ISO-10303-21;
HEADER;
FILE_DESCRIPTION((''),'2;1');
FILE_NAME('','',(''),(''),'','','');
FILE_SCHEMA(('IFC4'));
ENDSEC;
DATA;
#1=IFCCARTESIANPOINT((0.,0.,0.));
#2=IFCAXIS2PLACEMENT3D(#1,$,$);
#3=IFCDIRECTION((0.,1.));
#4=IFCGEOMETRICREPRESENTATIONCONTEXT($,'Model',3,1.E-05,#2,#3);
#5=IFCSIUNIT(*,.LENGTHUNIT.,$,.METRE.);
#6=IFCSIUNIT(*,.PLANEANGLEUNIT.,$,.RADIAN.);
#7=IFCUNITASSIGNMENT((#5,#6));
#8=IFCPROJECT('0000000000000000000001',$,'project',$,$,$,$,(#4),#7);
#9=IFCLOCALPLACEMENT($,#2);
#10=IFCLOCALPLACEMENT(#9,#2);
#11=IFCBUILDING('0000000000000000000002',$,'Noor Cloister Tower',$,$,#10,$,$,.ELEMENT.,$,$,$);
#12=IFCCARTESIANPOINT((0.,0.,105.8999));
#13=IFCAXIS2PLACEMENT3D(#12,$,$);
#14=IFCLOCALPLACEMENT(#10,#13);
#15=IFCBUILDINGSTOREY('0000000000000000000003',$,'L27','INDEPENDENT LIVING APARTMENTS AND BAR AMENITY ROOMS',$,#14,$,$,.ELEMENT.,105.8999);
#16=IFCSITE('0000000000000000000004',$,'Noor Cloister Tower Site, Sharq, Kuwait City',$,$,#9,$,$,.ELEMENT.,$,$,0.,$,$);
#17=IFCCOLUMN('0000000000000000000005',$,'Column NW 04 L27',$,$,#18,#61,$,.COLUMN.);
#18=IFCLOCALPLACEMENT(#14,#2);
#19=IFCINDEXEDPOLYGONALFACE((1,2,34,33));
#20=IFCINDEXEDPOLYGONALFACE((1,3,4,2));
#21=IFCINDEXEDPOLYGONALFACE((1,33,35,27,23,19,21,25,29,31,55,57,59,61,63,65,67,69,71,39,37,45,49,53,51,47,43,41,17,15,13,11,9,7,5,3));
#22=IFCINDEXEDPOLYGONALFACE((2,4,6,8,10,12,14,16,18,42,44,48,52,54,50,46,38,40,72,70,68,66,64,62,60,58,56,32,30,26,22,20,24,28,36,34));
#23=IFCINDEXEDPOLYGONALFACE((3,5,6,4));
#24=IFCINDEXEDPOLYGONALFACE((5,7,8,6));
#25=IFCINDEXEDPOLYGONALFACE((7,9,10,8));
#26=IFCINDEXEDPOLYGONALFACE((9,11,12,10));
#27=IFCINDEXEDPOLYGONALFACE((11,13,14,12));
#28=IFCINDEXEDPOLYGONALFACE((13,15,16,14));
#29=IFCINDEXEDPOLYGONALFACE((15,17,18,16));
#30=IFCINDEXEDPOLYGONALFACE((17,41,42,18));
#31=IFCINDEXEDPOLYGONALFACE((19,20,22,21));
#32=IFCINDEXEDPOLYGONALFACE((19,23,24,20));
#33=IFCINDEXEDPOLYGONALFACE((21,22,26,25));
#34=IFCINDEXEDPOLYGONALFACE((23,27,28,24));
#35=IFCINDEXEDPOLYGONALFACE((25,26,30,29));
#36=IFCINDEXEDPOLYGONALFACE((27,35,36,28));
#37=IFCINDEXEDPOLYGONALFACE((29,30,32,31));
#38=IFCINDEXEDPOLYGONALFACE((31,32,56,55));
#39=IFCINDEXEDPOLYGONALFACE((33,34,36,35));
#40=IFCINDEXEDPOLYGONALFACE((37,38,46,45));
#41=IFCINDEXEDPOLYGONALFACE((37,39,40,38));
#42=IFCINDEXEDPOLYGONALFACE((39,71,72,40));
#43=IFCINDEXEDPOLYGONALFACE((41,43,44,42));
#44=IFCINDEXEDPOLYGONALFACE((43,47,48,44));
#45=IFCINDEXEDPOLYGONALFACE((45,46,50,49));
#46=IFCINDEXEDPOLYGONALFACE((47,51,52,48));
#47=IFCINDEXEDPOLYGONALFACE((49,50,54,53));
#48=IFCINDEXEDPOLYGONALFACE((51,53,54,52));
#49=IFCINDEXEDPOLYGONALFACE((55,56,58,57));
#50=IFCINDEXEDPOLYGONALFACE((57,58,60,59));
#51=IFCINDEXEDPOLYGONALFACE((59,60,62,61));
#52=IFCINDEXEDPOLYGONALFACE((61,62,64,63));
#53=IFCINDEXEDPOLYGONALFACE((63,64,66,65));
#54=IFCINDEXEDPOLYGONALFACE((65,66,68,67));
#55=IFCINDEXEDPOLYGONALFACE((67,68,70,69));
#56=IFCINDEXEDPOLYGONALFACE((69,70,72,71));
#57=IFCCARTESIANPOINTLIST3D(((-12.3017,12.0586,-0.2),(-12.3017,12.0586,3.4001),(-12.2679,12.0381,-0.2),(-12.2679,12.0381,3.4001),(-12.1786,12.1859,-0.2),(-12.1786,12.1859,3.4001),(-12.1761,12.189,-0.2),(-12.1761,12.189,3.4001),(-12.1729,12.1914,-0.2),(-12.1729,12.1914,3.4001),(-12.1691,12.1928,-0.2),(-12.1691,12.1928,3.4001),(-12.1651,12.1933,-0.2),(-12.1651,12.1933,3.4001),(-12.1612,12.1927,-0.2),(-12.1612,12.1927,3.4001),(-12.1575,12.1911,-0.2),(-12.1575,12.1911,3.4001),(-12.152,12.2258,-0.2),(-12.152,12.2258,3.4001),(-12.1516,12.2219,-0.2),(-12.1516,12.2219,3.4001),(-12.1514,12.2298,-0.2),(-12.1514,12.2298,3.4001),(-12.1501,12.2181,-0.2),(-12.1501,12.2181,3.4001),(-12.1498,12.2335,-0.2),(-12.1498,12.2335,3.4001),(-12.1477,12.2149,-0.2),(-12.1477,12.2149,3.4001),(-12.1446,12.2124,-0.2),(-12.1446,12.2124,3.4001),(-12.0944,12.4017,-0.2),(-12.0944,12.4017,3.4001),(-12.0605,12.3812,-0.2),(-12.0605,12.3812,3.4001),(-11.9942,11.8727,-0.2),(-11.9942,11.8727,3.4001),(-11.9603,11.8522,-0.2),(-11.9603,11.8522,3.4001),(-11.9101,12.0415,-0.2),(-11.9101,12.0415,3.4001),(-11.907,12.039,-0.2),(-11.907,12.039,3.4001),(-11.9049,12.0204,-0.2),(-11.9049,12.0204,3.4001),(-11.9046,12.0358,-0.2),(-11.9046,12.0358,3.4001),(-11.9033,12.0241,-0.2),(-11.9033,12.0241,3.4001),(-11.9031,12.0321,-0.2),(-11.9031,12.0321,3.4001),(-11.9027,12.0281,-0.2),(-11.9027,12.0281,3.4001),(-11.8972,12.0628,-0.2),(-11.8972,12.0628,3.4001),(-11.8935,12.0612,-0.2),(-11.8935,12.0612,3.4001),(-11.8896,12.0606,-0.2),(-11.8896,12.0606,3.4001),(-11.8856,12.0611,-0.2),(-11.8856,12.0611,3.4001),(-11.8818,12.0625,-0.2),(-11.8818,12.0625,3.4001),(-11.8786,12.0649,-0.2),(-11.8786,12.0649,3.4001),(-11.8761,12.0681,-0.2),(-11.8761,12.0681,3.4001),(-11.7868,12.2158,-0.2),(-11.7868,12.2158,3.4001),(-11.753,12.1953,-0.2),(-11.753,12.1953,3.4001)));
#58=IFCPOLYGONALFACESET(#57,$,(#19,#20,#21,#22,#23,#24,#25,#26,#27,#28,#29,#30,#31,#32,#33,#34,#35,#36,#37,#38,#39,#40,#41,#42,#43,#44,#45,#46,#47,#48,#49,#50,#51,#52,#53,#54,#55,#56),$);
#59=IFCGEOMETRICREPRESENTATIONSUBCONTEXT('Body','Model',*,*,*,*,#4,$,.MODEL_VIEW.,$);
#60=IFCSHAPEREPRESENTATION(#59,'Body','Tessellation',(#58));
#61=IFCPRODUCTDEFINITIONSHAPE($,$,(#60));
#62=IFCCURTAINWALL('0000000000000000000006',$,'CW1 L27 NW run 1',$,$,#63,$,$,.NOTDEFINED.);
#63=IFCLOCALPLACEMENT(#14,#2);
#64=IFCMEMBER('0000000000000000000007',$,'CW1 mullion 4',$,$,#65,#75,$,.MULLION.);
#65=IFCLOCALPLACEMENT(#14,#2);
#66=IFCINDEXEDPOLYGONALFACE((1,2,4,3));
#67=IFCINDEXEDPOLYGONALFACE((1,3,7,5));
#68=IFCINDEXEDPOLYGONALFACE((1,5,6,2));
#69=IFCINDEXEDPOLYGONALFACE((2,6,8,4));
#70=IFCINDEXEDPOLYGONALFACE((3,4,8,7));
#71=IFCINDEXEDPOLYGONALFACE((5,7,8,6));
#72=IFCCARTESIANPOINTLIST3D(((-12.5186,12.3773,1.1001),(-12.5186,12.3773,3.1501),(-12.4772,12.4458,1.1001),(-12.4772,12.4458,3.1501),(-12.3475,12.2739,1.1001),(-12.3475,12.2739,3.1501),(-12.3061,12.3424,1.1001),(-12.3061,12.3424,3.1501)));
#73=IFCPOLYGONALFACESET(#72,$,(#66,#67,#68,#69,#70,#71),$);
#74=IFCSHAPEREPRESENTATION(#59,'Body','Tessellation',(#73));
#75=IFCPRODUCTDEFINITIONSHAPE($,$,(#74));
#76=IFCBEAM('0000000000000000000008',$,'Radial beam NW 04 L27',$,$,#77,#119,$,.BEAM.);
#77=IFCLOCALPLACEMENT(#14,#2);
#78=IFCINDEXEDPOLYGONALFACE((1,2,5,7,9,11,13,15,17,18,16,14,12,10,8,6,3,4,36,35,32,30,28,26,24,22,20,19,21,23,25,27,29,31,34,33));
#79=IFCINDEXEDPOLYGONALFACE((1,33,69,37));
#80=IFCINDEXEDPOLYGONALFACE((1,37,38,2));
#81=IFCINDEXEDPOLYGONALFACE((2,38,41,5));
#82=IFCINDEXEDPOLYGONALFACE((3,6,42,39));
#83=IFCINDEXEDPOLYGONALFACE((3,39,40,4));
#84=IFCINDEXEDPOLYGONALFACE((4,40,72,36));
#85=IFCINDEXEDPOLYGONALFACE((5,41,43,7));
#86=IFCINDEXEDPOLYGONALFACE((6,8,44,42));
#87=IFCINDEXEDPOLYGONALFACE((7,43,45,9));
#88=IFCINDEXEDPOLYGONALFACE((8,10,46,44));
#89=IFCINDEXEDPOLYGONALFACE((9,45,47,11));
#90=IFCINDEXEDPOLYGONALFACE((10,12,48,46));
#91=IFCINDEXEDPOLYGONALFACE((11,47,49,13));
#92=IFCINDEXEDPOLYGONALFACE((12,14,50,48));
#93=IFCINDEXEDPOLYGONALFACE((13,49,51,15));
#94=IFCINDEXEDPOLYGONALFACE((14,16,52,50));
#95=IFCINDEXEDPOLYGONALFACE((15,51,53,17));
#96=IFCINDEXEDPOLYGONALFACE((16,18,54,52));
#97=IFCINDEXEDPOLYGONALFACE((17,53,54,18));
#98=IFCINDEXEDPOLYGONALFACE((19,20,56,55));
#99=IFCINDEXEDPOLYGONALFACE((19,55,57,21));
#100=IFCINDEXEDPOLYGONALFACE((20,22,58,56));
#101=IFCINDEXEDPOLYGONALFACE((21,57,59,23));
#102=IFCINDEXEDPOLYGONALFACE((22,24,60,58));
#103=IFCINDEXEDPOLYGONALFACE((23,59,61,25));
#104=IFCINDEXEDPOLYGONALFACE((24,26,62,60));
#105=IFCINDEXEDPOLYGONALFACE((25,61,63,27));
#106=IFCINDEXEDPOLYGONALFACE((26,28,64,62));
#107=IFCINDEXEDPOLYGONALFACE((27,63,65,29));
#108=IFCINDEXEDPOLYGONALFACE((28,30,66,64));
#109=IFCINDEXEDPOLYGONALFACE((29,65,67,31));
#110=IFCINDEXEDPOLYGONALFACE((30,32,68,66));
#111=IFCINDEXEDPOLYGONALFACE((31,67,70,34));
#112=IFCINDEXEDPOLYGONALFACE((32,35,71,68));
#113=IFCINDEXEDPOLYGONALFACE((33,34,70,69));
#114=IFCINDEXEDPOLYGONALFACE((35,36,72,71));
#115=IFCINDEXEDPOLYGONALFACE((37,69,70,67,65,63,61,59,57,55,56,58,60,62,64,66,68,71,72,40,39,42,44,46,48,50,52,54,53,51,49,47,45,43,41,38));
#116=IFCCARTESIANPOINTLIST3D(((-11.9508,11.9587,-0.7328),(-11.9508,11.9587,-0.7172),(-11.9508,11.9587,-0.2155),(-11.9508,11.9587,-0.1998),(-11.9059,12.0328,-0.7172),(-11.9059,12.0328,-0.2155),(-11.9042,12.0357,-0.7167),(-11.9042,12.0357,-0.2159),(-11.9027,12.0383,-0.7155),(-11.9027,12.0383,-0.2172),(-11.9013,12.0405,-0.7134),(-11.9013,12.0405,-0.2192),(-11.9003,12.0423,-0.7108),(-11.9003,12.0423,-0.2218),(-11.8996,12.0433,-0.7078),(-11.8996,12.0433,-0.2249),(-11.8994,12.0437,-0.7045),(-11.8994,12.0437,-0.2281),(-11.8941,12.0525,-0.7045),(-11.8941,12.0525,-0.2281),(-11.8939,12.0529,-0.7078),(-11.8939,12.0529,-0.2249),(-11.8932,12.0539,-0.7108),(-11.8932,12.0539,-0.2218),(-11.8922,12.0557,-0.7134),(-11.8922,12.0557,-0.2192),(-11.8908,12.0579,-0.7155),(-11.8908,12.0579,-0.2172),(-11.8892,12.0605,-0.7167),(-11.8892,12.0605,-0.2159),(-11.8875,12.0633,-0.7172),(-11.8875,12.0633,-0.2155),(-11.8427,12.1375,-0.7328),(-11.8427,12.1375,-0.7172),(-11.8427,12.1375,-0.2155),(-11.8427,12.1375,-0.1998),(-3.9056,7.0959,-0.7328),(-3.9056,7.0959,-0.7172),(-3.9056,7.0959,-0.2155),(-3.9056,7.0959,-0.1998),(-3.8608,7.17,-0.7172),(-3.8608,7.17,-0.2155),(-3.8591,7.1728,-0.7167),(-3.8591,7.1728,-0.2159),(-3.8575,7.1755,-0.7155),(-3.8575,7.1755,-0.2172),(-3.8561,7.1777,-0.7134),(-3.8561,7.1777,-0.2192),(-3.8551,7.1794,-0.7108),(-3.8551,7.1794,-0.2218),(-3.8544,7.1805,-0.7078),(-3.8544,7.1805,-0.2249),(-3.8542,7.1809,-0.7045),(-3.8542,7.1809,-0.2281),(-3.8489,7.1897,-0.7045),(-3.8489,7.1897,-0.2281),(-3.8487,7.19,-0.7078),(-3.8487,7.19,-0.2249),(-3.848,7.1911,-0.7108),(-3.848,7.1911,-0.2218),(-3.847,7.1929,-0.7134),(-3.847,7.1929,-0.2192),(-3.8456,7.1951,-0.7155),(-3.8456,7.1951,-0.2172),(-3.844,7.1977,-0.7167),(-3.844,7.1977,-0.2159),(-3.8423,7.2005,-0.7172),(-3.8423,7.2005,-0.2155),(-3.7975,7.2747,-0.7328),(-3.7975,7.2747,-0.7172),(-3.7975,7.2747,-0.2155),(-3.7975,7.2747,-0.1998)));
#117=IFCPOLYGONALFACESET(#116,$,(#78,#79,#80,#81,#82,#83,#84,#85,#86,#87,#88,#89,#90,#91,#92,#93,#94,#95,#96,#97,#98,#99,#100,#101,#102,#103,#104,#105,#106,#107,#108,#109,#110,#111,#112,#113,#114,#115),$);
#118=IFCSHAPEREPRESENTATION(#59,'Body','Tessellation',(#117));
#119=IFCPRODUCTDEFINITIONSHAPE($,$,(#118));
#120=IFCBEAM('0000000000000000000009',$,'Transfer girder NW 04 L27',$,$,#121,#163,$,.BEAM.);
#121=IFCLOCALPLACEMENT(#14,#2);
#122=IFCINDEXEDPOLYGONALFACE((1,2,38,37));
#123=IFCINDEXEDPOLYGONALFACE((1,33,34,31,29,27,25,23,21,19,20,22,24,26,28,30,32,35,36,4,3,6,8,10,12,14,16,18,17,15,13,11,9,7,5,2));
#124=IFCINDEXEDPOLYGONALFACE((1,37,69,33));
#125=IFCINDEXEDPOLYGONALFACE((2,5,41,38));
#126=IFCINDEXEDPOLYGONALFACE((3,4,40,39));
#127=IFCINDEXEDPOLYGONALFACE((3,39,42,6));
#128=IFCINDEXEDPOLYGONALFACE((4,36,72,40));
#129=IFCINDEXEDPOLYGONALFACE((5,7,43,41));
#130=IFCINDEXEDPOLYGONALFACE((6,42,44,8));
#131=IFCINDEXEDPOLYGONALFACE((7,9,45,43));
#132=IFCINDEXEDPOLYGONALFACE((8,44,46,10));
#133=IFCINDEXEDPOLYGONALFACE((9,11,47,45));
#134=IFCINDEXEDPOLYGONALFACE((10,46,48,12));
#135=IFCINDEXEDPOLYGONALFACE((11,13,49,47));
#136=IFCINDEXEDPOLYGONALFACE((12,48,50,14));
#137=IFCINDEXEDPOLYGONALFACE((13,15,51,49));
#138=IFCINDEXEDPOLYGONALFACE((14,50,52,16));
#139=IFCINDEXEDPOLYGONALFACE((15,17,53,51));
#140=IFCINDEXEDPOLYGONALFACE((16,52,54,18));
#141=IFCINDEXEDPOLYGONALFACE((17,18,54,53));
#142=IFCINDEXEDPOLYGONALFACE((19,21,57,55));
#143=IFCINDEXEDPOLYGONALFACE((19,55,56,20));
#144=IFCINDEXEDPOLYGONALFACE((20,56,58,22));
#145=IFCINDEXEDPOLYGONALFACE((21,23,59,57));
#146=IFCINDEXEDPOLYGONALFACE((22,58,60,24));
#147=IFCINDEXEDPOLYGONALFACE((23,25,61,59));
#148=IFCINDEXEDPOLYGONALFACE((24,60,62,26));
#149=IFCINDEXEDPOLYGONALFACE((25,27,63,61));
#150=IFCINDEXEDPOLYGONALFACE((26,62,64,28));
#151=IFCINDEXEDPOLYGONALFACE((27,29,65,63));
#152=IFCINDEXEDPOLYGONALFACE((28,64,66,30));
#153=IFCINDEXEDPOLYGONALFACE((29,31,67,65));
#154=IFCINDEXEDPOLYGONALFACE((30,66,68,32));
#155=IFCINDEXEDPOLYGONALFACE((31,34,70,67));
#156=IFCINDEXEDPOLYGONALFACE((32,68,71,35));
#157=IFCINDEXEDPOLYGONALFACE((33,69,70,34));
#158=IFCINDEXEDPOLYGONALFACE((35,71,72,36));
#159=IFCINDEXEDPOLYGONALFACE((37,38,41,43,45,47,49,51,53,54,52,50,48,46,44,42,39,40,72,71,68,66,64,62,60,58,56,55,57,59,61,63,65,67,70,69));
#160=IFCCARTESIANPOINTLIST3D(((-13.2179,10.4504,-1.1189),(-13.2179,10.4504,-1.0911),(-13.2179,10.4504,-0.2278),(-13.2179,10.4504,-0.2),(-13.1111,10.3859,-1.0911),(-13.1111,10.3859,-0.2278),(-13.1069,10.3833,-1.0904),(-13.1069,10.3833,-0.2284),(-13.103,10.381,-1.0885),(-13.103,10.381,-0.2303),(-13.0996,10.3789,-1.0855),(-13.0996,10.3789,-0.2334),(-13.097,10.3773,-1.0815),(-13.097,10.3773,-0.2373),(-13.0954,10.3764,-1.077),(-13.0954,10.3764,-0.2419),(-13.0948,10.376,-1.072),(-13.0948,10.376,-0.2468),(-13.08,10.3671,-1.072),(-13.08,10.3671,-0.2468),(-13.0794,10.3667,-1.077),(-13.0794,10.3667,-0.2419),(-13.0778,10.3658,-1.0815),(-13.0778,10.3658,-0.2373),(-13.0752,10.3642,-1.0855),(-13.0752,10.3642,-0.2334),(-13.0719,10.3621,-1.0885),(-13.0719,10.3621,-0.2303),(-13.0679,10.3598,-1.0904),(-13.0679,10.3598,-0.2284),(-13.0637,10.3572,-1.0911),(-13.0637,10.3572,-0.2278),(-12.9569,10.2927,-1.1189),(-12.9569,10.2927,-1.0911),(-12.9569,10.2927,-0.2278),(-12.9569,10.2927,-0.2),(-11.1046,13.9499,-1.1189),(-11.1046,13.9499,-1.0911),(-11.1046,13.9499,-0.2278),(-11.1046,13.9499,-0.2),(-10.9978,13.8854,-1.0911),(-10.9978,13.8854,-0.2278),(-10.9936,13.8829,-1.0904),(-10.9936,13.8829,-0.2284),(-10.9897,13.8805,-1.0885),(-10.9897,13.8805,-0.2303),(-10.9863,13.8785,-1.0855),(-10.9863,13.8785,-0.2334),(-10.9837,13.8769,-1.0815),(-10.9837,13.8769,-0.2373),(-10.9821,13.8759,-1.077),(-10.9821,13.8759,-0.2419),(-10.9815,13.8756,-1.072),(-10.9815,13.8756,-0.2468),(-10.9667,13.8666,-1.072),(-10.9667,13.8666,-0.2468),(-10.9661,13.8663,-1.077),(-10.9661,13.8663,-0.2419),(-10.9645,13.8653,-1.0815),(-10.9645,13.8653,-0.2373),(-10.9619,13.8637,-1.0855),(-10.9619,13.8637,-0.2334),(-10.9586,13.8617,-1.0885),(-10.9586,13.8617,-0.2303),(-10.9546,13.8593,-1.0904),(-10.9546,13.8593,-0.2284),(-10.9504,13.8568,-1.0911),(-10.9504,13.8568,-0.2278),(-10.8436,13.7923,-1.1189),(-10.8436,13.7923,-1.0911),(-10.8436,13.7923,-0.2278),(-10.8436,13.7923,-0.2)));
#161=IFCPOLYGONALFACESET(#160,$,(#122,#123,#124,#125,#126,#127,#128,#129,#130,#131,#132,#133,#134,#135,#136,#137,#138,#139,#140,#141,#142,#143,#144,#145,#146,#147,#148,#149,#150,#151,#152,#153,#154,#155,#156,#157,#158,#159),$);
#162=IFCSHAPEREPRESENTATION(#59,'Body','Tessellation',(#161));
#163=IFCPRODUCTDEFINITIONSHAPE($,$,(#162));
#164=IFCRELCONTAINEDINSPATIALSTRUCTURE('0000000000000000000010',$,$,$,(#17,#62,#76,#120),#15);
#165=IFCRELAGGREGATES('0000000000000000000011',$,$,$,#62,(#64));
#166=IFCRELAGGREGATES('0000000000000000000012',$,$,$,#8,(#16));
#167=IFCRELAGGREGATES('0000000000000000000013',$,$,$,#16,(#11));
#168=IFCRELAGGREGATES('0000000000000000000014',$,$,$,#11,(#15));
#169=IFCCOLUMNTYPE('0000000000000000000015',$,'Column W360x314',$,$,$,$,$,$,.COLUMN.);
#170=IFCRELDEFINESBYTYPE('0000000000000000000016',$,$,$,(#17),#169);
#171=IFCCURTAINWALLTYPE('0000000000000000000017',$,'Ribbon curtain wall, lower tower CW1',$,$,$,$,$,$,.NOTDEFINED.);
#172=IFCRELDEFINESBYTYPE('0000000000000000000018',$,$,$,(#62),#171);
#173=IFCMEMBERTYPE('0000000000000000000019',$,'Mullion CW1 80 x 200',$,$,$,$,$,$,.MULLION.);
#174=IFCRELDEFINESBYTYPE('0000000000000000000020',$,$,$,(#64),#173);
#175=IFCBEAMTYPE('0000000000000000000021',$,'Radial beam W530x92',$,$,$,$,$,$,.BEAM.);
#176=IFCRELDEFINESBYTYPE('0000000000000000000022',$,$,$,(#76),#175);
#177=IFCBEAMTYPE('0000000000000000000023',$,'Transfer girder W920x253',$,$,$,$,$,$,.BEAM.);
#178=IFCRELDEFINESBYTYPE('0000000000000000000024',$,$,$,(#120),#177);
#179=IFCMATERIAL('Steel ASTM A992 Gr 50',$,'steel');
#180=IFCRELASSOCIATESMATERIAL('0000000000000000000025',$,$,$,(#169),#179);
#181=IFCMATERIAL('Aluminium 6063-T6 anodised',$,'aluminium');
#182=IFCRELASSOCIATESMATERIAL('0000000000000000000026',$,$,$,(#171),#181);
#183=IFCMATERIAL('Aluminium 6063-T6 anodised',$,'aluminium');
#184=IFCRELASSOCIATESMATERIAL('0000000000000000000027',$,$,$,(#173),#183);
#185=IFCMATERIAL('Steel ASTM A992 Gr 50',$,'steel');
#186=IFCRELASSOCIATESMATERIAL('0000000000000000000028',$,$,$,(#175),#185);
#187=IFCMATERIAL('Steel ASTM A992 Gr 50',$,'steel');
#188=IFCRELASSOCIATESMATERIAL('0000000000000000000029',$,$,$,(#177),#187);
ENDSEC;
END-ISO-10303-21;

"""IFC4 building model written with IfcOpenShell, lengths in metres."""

from ifc_helpers import new_model, si_unit, direction, frame, origin, origin_2d, place, context, subcontext, project, spatial, rectangle, i_section, extrude, material, material_profile, profile_set, type_object, element, aggregate, save


model = new_model("IFC4")

# Units and contexts
model_context = context("Model", 3, precision=1e-05, world=origin(), true_north=direction((0.0, 1.0)))
body_context = subcontext(model_context, "Body", "Model", "MODEL_VIEW")
ifc_project = project(units=[si_unit("LENGTHUNIT", "METRE"), si_unit("PLANEANGLEUNIT", "RADIAN")], contexts=[model_context])

# Site, building, storey
site_placement = place(None, origin())
site = spatial("IfcSite", under=ifc_project, at=site_placement, Name="Noor Cloister Tower Site, Sharq, Kuwait City", CompositionType="ELEMENT", RefElevation=0.0)
building_placement = place(site_placement, origin())
building = spatial("IfcBuilding", under=site, at=building_placement, Name="Noor Cloister Tower", CompositionType="ELEMENT")
storey_placement = place(building_placement, frame((0.0, 0.0, 105.8999)))
storey = spatial("IfcBuildingStorey", under=building, at=storey_placement, Name="L27", Description="INDEPENDENT LIVING APARTMENTS AND BAR AMENITY ROOMS", CompositionType="ELEMENT", Elevation=105.8999)

# Column
ifc_material_1 = material(Name="Steel ASTM A992 Gr 50", Category="steel")
ifc_material_profile_1 = material_profile(ifc_material_1, i_section(OverallWidth=0.4009, OverallDepth=0.3989, WebThickness=0.0249, FlangeThickness=0.0396, FilletRadius=0.0154, at=origin_2d()), Name="W360x314")
ifc_profile_set_1 = profile_set([ifc_material_profile_1], Name="Steel ASTM A992 Gr 50")
column_type = type_object("IfcColumnType", Name="Column W360x314", PredefinedType="COLUMN", material=ifc_profile_set_1)
column_placement = place(storey_placement, frame((-12.0273, 12.127, -0.2), z_axis=(0.0, 0.0, 1.0), x_axis=(-0.517287, -0.855812, 0.0)))
element("IfcColumn", 1, at=column_placement, inside=storey, type_object=column_type, Name="Column NW 04 L27", PredefinedType="COLUMN", context=body_context, shape_type="SweptSolid", body=[
    extrude(i_section(OverallWidth=0.4009, OverallDepth=0.3989, WebThickness=0.0249, FlangeThickness=0.0396, FilletRadius=0.0154, at=origin_2d()), origin(), (0.0, 0.0, 1.0), 3.6001),
])

# Curtain wall, member
ifc_material_2 = material(Name="Aluminium 6063-T6 anodised", Category="aluminium")
curtain_wall_type = type_object("IfcCurtainWallType", Name="Ribbon curtain wall, lower tower CW1", PredefinedType="NOTDEFINED", material=ifc_material_2)
curtain_wall_placement = place(storey_placement, origin())
curtain_wall = element("IfcCurtainWall", 2, at=curtain_wall_placement, inside=storey, type_object=curtain_wall_type, Name="CW1 L27 NW run 1", PredefinedType="NOTDEFINED")
ifc_material_3 = material(Name="Aluminium 6063-T6 anodised", Category="aluminium")
ifc_material_profile_2 = material_profile(ifc_material_3, rectangle(XDim=0.2, YDim=0.0801, at=origin_2d()), Name="200 x 80 mullion")
ifc_profile_set_2 = profile_set([ifc_material_profile_2], Name="Aluminium 6063-T6 anodised")
member_type = type_object("IfcMemberType", Name="Mullion CW1 80 x 200", PredefinedType="MULLION", material=ifc_profile_set_2)
member_placement = place(storey_placement, frame((-12.4124, 12.3599, 1.1001), z_axis=(0.0, 0.0, 1.0), x_axis=(0.855812, -0.517287, 0.0)))
member = element("IfcMember", 3, at=member_placement, type_object=member_type, Name="CW1 mullion 4", PredefinedType="MULLION", context=body_context, shape_type="SweptSolid", body=[
    extrude(rectangle(XDim=0.2, YDim=0.0801, at=origin_2d()), origin(), (0.0, 0.0, 1.0), 2.05),
])

# Beams
ifc_material_4 = material(Name="Steel ASTM A992 Gr 50", Category="steel")
ifc_material_profile_3 = material_profile(ifc_material_4, i_section(OverallWidth=0.209, OverallDepth=0.533, WebThickness=0.0103, FlangeThickness=0.0156, FilletRadius=0.0127, at=origin_2d()), Name="W530x92")
ifc_profile_set_3 = profile_set([ifc_material_profile_3], Name="Steel ASTM A992 Gr 50")
beam_type_1 = type_object("IfcBeamType", Name="Radial beam W530x92", PredefinedType="BEAM", material=ifc_profile_set_3)
beam_1_placement = place(storey_placement, frame((-11.8967, 12.0481, -0.4663), z_axis=(0.855813, -0.517285, 0.0), x_axis=(0.517285, 0.855813, 0.0)))
element("IfcBeam", 4, at=beam_1_placement, inside=storey, type_object=beam_type_1, Name="Radial beam NW 04 L27", PredefinedType="BEAM", context=body_context, shape_type="SweptSolid", body=[
    extrude(i_section(OverallWidth=0.209, OverallDepth=0.533, WebThickness=0.0103, FlangeThickness=0.0156, FilletRadius=0.0127, at=origin_2d()), origin(), (0.0, 0.0, 1.0), 9.4006),
])
ifc_material_5 = material(Name="Steel ASTM A992 Gr 50", Category="steel")
ifc_material_profile_4 = material_profile(ifc_material_5, i_section(OverallWidth=0.3049, OverallDepth=0.9189, WebThickness=0.0173, FlangeThickness=0.0278, FilletRadius=0.019, at=origin_2d()), Name="W920x253")
ifc_profile_set_4 = profile_set([ifc_material_profile_4], Name="Steel ASTM A992 Gr 50")
beam_type_2 = type_object("IfcBeamType", Name="Transfer girder W920x253", PredefinedType="BEAM", material=ifc_profile_set_4)
beam_2_placement = place(storey_placement, frame((-10.9741, 13.8711, -0.6594), z_axis=(-0.516935, -0.856025, 0.0), x_axis=(0.856025, -0.516935, 0.0)))
element("IfcBeam", 5, at=beam_2_placement, inside=storey, type_object=beam_type_2, Name="Transfer girder NW 04 L27", PredefinedType="BEAM", context=body_context, shape_type="SweptSolid", body=[
    extrude(i_section(OverallWidth=0.3049, OverallDepth=0.9189, WebThickness=0.0173, FlangeThickness=0.0278, FilletRadius=0.019, at=origin_2d()), origin(), (0.0, 0.0, 1.0), 4.0881),
])

aggregate(curtain_wall, [member])

save(model, "model.ifc")
